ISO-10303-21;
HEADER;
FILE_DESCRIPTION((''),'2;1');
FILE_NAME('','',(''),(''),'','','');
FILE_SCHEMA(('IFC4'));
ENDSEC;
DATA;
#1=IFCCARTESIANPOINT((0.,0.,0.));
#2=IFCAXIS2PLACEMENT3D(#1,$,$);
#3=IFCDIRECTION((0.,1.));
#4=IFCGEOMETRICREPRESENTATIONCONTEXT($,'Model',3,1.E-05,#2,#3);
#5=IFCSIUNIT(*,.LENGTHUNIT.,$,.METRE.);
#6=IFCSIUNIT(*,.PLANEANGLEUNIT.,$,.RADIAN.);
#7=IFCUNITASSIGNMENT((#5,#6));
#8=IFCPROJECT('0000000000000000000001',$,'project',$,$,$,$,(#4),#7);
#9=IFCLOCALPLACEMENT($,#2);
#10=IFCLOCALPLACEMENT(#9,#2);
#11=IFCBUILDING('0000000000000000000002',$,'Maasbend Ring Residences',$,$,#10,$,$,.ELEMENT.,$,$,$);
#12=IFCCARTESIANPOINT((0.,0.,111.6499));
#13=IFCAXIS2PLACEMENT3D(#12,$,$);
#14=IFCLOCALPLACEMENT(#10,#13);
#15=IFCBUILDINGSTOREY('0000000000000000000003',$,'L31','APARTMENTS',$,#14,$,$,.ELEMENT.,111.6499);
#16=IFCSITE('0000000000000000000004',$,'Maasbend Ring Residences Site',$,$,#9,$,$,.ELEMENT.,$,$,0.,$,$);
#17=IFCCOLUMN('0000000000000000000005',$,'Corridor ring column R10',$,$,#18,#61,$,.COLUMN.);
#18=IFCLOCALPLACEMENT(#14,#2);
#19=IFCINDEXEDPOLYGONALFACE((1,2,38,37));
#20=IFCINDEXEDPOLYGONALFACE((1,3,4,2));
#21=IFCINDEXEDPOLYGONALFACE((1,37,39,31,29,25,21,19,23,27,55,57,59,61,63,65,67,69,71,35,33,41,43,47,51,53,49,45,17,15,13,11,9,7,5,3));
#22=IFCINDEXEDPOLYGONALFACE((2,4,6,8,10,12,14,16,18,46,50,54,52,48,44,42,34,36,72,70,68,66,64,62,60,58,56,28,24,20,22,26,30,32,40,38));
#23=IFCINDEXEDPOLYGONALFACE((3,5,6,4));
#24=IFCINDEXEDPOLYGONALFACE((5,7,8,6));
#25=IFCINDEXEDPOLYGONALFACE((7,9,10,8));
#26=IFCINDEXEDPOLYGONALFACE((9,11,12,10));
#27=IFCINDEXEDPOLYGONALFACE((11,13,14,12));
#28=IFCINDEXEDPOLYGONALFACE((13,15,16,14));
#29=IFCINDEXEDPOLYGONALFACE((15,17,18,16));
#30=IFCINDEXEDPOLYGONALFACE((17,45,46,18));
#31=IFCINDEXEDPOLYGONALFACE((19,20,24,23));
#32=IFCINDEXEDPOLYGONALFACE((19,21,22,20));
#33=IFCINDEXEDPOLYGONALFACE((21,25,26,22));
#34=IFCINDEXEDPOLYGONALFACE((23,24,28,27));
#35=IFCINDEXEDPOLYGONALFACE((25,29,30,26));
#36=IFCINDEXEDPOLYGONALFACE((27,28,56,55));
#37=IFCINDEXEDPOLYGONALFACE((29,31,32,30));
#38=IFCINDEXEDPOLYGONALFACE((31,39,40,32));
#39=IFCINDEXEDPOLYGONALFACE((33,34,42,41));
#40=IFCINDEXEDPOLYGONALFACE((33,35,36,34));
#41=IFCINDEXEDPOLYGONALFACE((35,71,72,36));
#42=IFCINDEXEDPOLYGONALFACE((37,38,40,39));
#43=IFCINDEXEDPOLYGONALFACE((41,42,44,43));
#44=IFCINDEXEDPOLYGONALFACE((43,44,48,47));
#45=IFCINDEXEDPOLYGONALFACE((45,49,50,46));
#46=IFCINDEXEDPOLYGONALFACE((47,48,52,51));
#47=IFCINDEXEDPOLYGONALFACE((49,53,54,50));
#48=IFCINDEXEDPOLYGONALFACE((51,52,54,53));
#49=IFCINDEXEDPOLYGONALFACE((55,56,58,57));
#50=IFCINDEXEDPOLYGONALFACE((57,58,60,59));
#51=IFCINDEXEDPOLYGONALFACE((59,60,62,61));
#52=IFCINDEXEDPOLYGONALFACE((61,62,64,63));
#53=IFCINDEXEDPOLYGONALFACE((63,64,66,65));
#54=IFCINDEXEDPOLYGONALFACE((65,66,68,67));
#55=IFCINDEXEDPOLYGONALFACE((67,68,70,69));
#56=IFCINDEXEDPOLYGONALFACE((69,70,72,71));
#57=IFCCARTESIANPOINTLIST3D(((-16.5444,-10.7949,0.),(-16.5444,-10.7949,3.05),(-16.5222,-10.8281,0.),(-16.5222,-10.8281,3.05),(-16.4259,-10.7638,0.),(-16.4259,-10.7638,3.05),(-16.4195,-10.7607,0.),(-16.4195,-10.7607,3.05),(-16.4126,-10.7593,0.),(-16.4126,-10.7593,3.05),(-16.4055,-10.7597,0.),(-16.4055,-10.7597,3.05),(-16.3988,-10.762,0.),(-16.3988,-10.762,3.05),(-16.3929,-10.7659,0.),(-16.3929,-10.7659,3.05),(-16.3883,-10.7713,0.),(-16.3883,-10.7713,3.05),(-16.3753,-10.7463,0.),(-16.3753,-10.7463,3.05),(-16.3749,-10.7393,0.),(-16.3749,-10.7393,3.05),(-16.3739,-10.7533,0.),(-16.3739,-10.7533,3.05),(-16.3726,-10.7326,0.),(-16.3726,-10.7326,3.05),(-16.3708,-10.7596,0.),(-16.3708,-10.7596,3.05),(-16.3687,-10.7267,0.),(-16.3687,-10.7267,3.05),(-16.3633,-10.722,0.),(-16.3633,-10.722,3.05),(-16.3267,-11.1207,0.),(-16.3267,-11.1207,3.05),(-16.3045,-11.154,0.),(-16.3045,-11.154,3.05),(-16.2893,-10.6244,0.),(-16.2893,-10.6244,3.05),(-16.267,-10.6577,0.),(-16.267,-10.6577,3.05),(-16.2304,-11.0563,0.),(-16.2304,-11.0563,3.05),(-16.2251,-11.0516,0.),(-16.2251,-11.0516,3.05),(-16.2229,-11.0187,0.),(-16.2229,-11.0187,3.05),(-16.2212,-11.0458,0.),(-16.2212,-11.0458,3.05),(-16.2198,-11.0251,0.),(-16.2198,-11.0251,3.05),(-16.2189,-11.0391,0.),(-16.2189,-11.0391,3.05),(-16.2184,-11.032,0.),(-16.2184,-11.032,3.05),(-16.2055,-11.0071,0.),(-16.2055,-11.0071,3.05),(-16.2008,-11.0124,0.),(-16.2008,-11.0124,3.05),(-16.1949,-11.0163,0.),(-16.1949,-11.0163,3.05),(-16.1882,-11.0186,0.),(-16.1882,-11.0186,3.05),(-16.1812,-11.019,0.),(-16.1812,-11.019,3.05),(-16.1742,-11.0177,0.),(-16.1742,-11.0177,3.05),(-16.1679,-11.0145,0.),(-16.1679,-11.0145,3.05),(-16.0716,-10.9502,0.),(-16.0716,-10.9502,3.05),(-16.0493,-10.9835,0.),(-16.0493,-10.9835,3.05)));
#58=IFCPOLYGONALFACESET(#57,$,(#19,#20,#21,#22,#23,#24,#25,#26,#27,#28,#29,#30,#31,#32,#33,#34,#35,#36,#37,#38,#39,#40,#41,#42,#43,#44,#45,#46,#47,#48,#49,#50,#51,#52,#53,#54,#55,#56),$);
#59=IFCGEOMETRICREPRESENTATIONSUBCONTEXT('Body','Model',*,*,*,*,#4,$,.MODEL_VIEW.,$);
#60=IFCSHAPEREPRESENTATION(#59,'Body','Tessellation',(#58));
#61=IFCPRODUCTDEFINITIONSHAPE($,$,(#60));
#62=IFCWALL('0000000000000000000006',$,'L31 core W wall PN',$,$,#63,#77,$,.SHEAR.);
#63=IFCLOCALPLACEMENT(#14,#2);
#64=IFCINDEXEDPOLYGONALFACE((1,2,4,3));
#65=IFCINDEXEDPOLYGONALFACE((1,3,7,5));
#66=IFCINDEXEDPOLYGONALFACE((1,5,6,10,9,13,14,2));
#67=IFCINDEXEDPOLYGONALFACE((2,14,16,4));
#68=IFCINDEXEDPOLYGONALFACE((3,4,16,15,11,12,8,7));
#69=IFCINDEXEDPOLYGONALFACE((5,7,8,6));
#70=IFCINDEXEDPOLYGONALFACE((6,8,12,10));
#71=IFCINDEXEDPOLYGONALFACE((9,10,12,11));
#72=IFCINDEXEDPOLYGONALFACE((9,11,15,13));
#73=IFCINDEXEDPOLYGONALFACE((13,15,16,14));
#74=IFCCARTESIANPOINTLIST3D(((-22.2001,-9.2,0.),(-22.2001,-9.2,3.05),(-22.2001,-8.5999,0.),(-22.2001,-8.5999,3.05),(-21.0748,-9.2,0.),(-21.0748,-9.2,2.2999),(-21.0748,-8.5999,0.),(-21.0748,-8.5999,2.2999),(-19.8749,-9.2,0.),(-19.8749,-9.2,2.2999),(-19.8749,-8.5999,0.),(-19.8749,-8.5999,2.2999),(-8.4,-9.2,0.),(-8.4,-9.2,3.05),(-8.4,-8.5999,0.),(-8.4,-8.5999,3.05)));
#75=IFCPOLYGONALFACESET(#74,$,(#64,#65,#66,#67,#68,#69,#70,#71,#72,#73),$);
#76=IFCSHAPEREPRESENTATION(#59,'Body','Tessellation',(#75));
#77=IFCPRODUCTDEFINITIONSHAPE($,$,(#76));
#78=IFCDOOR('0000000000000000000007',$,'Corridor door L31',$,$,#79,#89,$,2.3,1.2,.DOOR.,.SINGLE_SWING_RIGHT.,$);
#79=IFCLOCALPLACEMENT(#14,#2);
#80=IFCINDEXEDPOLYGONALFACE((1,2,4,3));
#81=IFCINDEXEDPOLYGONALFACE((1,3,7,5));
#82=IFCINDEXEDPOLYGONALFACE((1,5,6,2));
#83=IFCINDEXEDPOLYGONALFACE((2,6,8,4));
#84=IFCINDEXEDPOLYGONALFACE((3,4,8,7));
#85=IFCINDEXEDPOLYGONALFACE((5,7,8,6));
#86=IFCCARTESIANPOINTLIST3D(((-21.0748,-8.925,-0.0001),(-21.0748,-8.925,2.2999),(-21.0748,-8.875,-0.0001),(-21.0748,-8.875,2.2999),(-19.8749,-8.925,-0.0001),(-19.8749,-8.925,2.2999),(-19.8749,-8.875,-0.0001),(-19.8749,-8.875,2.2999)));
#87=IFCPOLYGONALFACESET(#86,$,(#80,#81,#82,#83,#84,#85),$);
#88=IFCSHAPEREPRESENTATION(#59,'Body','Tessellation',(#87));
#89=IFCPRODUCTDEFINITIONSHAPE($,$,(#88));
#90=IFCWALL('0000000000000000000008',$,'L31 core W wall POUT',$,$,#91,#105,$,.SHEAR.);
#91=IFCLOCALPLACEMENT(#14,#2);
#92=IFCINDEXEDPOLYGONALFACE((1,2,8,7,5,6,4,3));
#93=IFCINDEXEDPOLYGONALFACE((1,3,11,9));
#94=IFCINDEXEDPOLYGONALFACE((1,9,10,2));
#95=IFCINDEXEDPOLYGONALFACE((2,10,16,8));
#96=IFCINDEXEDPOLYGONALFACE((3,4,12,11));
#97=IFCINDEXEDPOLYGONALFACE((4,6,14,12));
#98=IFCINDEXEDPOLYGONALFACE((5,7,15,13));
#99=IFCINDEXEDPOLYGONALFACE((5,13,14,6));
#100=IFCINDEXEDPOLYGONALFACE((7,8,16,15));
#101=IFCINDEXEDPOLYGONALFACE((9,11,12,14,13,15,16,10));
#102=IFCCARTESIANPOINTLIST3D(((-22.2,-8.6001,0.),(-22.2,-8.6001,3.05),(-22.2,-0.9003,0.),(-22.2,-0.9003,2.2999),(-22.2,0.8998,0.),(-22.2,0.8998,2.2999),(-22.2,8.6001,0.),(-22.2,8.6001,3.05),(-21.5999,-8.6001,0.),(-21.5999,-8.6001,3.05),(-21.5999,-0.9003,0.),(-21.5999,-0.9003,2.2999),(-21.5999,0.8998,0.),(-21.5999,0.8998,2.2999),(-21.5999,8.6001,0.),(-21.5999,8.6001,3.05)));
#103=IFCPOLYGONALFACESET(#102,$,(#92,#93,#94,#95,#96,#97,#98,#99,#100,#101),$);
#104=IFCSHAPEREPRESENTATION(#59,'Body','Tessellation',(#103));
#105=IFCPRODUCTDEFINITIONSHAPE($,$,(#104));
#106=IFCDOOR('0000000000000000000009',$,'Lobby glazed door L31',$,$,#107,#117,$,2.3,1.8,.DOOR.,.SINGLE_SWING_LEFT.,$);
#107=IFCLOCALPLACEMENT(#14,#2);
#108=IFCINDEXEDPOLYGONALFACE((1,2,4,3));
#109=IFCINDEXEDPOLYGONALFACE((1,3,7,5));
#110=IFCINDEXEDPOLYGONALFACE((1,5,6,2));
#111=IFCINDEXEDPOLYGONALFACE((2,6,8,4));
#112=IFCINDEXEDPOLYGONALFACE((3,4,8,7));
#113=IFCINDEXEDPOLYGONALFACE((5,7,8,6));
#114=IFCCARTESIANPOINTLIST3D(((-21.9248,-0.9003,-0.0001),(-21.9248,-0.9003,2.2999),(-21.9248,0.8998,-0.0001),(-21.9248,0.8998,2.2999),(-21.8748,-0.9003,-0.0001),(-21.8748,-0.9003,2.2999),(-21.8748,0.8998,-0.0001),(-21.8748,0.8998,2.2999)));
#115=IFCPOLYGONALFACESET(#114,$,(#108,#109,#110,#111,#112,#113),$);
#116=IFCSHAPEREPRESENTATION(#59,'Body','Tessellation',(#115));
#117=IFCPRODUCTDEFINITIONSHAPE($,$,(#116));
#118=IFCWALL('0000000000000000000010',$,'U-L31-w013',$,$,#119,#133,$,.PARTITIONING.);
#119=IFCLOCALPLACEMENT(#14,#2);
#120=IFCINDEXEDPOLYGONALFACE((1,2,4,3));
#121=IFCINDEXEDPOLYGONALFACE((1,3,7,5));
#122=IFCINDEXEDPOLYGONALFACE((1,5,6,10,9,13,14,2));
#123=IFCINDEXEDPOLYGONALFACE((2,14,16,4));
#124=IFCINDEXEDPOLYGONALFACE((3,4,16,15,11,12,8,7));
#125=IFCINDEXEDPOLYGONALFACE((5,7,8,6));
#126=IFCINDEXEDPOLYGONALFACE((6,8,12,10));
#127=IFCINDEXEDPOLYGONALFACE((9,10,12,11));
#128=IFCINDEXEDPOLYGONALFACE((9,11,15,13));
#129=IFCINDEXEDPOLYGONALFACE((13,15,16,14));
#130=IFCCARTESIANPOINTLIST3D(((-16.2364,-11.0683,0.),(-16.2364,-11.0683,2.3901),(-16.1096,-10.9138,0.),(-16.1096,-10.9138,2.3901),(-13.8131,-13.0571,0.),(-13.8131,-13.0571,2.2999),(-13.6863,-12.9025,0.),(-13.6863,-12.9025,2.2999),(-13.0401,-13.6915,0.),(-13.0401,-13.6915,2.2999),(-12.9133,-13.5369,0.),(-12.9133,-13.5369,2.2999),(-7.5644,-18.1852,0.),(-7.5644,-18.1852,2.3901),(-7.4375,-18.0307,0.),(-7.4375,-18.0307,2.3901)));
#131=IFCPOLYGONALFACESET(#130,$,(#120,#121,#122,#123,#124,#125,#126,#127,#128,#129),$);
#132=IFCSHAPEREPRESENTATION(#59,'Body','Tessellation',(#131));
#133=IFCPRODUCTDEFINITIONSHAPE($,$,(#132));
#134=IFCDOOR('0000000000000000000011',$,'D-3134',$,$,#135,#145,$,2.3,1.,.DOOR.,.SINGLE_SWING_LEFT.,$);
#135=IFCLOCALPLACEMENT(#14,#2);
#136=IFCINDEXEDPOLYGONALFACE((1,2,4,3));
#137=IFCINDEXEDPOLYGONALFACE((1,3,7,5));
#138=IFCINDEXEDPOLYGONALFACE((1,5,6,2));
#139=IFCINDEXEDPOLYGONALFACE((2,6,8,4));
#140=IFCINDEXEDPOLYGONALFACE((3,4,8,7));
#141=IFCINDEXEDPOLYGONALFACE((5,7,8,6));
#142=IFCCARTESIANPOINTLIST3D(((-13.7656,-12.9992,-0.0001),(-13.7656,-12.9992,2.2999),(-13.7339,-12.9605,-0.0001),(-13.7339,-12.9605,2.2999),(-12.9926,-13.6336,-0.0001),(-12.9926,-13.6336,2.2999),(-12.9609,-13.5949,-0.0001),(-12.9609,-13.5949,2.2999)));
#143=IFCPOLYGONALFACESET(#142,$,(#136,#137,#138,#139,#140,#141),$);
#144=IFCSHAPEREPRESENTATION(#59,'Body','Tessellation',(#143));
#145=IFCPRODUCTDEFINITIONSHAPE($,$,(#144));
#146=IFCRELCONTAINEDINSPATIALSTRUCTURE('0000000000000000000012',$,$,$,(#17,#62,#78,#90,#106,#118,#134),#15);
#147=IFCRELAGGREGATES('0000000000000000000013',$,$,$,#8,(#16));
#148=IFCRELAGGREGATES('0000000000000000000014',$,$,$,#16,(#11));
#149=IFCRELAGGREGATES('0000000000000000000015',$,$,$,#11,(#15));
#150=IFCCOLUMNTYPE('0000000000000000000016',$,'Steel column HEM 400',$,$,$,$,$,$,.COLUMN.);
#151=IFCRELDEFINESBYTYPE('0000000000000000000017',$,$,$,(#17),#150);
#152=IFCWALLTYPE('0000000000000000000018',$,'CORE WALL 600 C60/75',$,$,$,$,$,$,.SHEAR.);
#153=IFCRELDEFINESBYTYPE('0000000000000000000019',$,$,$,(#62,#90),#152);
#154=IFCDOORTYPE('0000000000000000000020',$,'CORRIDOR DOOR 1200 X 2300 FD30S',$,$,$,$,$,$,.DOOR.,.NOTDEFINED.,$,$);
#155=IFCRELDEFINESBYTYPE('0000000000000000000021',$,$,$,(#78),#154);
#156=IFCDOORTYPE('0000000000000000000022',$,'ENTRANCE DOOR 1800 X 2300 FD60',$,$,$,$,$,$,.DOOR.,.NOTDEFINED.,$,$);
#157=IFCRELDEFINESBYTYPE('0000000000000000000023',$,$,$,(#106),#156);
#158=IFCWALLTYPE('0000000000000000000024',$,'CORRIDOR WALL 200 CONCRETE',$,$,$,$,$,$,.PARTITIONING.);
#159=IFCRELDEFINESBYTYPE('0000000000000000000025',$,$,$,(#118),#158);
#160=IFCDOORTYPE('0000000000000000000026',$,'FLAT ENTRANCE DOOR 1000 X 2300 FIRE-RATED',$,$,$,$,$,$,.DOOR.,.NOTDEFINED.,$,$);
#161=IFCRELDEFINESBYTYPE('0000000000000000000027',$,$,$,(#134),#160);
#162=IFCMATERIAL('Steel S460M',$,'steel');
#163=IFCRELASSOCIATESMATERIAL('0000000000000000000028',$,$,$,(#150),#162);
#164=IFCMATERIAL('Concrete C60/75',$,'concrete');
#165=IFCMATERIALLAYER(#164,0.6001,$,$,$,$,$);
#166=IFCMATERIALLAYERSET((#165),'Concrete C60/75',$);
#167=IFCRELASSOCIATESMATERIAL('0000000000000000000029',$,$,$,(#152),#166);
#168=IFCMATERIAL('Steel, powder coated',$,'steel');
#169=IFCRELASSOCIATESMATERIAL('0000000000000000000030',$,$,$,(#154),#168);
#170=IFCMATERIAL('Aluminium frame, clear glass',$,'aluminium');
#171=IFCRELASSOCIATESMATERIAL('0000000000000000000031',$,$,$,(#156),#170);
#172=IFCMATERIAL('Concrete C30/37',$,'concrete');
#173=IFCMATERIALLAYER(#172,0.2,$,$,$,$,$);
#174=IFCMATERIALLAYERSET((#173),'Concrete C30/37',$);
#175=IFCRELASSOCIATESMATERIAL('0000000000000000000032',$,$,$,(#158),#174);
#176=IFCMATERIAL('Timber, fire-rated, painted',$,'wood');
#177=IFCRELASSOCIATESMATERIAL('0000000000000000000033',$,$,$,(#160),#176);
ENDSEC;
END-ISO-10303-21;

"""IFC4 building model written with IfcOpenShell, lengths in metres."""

from ifc_helpers import new_model, si_unit, direction, frame, frame_2d, origin, origin_2d, place, context, subcontext, project, spatial, rectangle, i_section, extrude, material, layer, layer_set, material_profile, profile_set, type_object, element, fill, save


model = new_model("IFC4")

# Units and contexts
model_context = context("Model", 3, precision=1e-05, world=origin(), true_north=direction((0.0, 1.0)))
body_context = subcontext(model_context, "Body", "Model", "MODEL_VIEW")
ifc_project = project(units=[si_unit("LENGTHUNIT", "METRE"), si_unit("PLANEANGLEUNIT", "RADIAN")], contexts=[model_context])

# Site, building, storey
site_placement = place(None, origin())
site = spatial("IfcSite", under=ifc_project, at=site_placement, Name="Maasbend Ring Residences Site", CompositionType="ELEMENT", RefElevation=0.0)
building_placement = place(site_placement, origin())
building = spatial("IfcBuilding", under=site, at=building_placement, Name="Maasbend Ring Residences", CompositionType="ELEMENT")
storey_placement = place(building_placement, frame((0.0, 0.0, 111.6499)))
storey = spatial("IfcBuildingStorey", under=building, at=storey_placement, Name="L31", Description="APARTMENTS", CompositionType="ELEMENT", Elevation=111.6499)

# Column
ifc_material_1 = material(Name="Steel S460M", Category="steel")
ifc_material_profile = material_profile(ifc_material_1, i_section(OverallWidth=0.3069, OverallDepth=0.4319, WebThickness=0.021, FlangeThickness=0.04, FilletRadius=0.0271, at=origin_2d()), Name="HEM 400")
ifc_profile_set = profile_set([ifc_material_profile], Name="Steel S460M")
column_type = type_object("IfcColumnType", Name="Steel column HEM 400", PredefinedType="COLUMN", material=ifc_profile_set)
column_placement = place(storey_placement, frame((-16.2969, -10.8892, 0.0), z_axis=(0.0, 0.0, 1.0), x_axis=(-0.83147, -0.55557, 0.0)))
element("IfcColumn", 1, at=column_placement, inside=storey, type_object=column_type, Name="Corridor ring column R10", PredefinedType="COLUMN", context=body_context, shape_type="SweptSolid", body=[
    extrude(i_section(OverallWidth=0.3069, OverallDepth=0.4319, WebThickness=0.021, FlangeThickness=0.04, FilletRadius=0.0271, at=origin_2d()), origin(), (0.0, 0.0, 1.0), 3.05),
])

# Walls, openings, doors
ifc_material_2 = material(Name="Concrete C60/75", Category="concrete")
ifc_layer_1 = layer(ifc_material_2, 0.6001)
ifc_layer_set_1 = layer_set([ifc_layer_1], Name="Concrete C60/75")
wall_type_1 = type_object("IfcWallType", Name="CORE WALL 600 C60/75", PredefinedType="SHEAR", material=ifc_layer_set_1)
wall_1_placement = place(storey_placement, frame((-22.2, -8.8999, 0.0), z_axis=(0.0, 0.0, 1.0), x_axis=(1.0, 0.0, 0.0)))
wall_1 = element("IfcWall", 2, at=wall_1_placement, inside=storey, type_object=wall_type_1, Name="L31 core W wall PN", PredefinedType="SHEAR", context=body_context, shape_type="SweptSolid", body=[
    extrude(rectangle(XDim=13.8, YDim=0.6001, at=frame_2d((6.8999, 0.0))), origin(), (0.0, 0.0, 1.0), 3.05),
])
opening_1_placement = place(wall_1_placement, frame((1.125, 0.0, 0.0)))
opening_1 = element("IfcOpeningElement", 3, at=opening_1_placement, cuts=wall_1, PredefinedType="OPENING", context=body_context, shape_type="SweptSolid", body=[
    extrude(rectangle(XDim=1.2, YDim=2.3, at=frame_2d((0.6001, 1.1499))), frame((0.0, 0.3101, 0.0), z_axis=(0.0, -1.0, 0.0), x_axis=(1.0, 0.0, 0.0)), (0.0, 0.0, 1.0), 0.6201),
])
ifc_material_3 = material(Name="Steel, powder coated", Category="steel")
door_type_1 = type_object("IfcDoorType", Name="CORRIDOR DOOR 1200 X 2300 FD30S", OperationType="NOTDEFINED", PredefinedType="DOOR", material=ifc_material_3)
door_1_placement = place(opening_1_placement, origin())
door_1 = element("IfcDoor", 4, at=door_1_placement, inside=storey, type_object=door_type_1, Name="Corridor door L31", OperationType="SINGLE_SWING_RIGHT", OverallHeight=2.3, OverallWidth=1.2, PredefinedType="DOOR", context=body_context, shape_type="SweptSolid", body=[
    extrude(rectangle(XDim=1.2, YDim=2.3, at=frame_2d((0.6001, 1.1499))), frame((0.0, 0.0249, 0.0), z_axis=(0.0, -1.0, 0.0), x_axis=(1.0, 0.0, 0.0)), (0.0, 0.0, 1.0), 0.05),
])
fill(opening_1, door_1)
wall_2_placement = place(storey_placement, frame((-21.8999, -8.6001, 0.0), z_axis=(0.0, 0.0, 1.0), x_axis=(0.0, 1.0, 0.0)))
wall_2 = element("IfcWall", 5, at=wall_2_placement, inside=storey, type_object=wall_type_1, Name="L31 core W wall POUT", PredefinedType="SHEAR", context=body_context, shape_type="SweptSolid", body=[
    extrude(rectangle(XDim=17.2002, YDim=0.6001, at=frame_2d((8.6001, 0.0))), origin(), (0.0, 0.0, 1.0), 3.05),
])
opening_2_placement = place(wall_2_placement, frame((7.7, 0.0, 0.0)))
opening_2 = element("IfcOpeningElement", 6, at=opening_2_placement, cuts=wall_2, PredefinedType="OPENING", context=body_context, shape_type="SweptSolid", body=[
    extrude(rectangle(XDim=1.8, YDim=2.3, at=frame_2d((0.8999, 1.1499))), frame((0.0, 0.3101, 0.0), z_axis=(0.0, -1.0, 0.0), x_axis=(1.0, 0.0, 0.0)), (0.0, 0.0, 1.0), 0.6201),
])
ifc_material_4 = material(Name="Aluminium frame, clear glass", Category="aluminium")
door_type_2 = type_object("IfcDoorType", Name="ENTRANCE DOOR 1800 X 2300 FD60", OperationType="NOTDEFINED", PredefinedType="DOOR", material=ifc_material_4)
door_2_placement = place(opening_2_placement, origin())
door_2 = element("IfcDoor", 7, at=door_2_placement, inside=storey, type_object=door_type_2, Name="Lobby glazed door L31", OperationType="SINGLE_SWING_LEFT", OverallHeight=2.3, OverallWidth=1.8, PredefinedType="DOOR", context=body_context, shape_type="SweptSolid", body=[
    extrude(rectangle(XDim=1.8, YDim=2.3, at=frame_2d((0.8999, 1.1499))), frame((0.0, 0.0249, 0.0), z_axis=(0.0, -1.0, 0.0), x_axis=(1.0, 0.0, 0.0)), (0.0, 0.0, 1.0), 0.05),
])
fill(opening_2, door_2)
ifc_material_5 = material(Name="Concrete C30/37", Category="concrete")
ifc_layer_2 = layer(ifc_material_5, 0.2)
ifc_layer_set_2 = layer_set([ifc_layer_2], Name="Concrete C30/37")
wall_type_2 = type_object("IfcWallType", Name="CORRIDOR WALL 200 CONCRETE", PredefinedType="PARTITIONING", material=ifc_layer_set_2)
wall_3_placement = place(storey_placement, frame((-16.1731, -10.991, 0.0), z_axis=(0.0, 0.0, 1.0), x_axis=(0.773014, -0.634389, 0.0)))
wall_3 = element("IfcWall", 8, at=wall_3_placement, inside=storey, type_object=wall_type_2, Name="U-L31-w013", PredefinedType="PARTITIONING", context=body_context, shape_type="SweptSolid", body=[
    extrude(rectangle(XDim=11.2185, YDim=0.2, at=frame_2d((5.6094, 0.0))), origin(), (0.0, 0.0, 1.0), 2.3901),
])
opening_3_placement = place(wall_3_placement, frame((3.135, 0.0, 0.0)))
opening_3 = element("IfcOpeningElement", 9, at=opening_3_placement, cuts=wall_3, PredefinedType="OPENING", context=body_context, shape_type="SweptSolid", body=[
    extrude(rectangle(XDim=1.0, YDim=2.3, at=frame_2d((0.5, 1.1499))), frame((0.0, 0.1099, 0.0), z_axis=(0.0, -1.0, 0.0), x_axis=(1.0, 0.0, 0.0)), (0.0, 0.0, 1.0), 0.22),
])
ifc_material_6 = material(Name="Timber, fire-rated, painted", Category="wood")
door_type_3 = type_object("IfcDoorType", Name="FLAT ENTRANCE DOOR 1000 X 2300 FIRE-RATED", OperationType="NOTDEFINED", PredefinedType="DOOR", material=ifc_material_6)
door_3_placement = place(opening_3_placement, origin())
door_3 = element("IfcDoor", 10, at=door_3_placement, inside=storey, type_object=door_type_3, Name="D-3134", OperationType="SINGLE_SWING_LEFT", OverallHeight=2.3, OverallWidth=1.0, PredefinedType="DOOR", context=body_context, shape_type="SweptSolid", body=[
    extrude(rectangle(XDim=1.0, YDim=2.3, at=frame_2d((0.5, 1.1499))), frame((0.0, 0.0249, 0.0), z_axis=(0.0, -1.0, 0.0), x_axis=(1.0, 0.0, 0.0)), (0.0, 0.0, 1.0), 0.05),
])
fill(opening_3, door_3)

save(model, "model.ifc")
